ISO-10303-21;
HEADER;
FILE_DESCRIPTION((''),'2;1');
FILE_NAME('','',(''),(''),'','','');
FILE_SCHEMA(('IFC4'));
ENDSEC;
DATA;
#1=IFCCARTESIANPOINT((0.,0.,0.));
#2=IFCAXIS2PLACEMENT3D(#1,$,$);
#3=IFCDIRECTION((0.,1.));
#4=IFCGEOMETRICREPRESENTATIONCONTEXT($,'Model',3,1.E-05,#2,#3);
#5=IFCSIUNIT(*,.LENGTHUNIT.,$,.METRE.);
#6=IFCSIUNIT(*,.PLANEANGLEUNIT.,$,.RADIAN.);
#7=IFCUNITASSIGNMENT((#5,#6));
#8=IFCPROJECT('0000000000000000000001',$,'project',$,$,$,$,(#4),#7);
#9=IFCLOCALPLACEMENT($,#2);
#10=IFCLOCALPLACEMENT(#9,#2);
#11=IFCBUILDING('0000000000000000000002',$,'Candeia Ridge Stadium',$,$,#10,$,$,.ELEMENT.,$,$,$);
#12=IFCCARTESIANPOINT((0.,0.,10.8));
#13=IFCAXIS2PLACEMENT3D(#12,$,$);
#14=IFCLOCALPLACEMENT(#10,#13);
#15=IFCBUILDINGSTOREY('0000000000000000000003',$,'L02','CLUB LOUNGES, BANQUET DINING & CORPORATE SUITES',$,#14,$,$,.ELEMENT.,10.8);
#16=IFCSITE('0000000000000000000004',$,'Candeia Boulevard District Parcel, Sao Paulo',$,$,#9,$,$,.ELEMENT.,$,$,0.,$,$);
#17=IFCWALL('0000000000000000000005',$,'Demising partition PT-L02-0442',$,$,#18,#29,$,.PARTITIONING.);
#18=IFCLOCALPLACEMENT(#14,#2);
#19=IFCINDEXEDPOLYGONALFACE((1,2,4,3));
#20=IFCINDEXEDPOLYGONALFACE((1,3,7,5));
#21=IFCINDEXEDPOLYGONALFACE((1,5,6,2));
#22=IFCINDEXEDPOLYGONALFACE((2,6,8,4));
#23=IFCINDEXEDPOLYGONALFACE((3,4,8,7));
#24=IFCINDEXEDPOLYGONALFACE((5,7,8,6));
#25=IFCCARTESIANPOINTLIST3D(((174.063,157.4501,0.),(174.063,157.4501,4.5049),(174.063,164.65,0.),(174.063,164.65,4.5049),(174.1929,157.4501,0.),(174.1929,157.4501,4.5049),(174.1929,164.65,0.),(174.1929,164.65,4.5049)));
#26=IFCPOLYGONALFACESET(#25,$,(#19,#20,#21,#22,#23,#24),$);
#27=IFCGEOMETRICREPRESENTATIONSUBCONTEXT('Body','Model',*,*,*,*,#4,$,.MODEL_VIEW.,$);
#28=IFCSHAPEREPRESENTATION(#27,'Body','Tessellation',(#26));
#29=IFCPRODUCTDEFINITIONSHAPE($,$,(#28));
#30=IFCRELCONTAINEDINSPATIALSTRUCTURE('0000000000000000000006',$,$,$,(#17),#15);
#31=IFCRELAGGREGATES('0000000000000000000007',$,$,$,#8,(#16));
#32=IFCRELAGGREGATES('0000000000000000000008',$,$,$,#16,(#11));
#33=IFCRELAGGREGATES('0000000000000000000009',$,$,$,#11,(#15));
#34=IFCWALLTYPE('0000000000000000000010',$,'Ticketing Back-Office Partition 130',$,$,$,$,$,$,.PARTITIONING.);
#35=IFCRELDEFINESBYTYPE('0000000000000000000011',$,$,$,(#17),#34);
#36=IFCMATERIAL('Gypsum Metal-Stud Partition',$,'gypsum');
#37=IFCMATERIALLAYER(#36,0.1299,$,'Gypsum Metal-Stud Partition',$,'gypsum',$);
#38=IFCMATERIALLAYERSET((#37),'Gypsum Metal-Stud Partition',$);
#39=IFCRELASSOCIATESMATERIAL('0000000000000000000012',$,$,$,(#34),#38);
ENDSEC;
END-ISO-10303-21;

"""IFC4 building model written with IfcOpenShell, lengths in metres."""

from ifc_helpers import new_model, si_unit, direction, frame, frame_2d, origin, place, context, subcontext, project, spatial, rectangle, extrude, material, layer, layer_set, type_object, element, save


model = new_model("IFC4")

# Units and contexts
model_context = context("Model", 3, precision=1e-05, world=origin(), true_north=direction((0.0, 1.0)))
body_context = subcontext(model_context, "Body", "Model", "MODEL_VIEW")
ifc_project = project(units=[si_unit("LENGTHUNIT", "METRE"), si_unit("PLANEANGLEUNIT", "RADIAN")], contexts=[model_context])

# Site, building, storey
site_placement = place(None, origin())
site = spatial("IfcSite", under=ifc_project, at=site_placement, Name="Candeia Boulevard District Parcel, Sao Paulo", CompositionType="ELEMENT", RefElevation=0.0)
building_placement = place(site_placement, origin())
building = spatial("IfcBuilding", under=site, at=building_placement, Name="Candeia Ridge Stadium", CompositionType="ELEMENT")
storey_placement = place(building_placement, frame((0.0, 0.0, 10.8)))
storey = spatial("IfcBuildingStorey", under=building, at=storey_placement, Name="L02", Description="CLUB LOUNGES, BANQUET DINING & CORPORATE SUITES", CompositionType="ELEMENT", Elevation=10.8)

# Wall
ifc_material_1 = material(Name="Gypsum Metal-Stud Partition", Category="gypsum")
ifc_layer_1 = layer(ifc_material_1, 0.1299, Name="Gypsum Metal-Stud Partition", Category="gypsum")
ifc_layer_set_1 = layer_set([ifc_layer_1], Name="Gypsum Metal-Stud Partition")
wall_type_1 = type_object("IfcWallType", Name="Ticketing Back-Office Partition 130", PredefinedType="PARTITIONING", material=ifc_layer_set_1)
wall_1_placement = place(storey_placement, frame((174.1279, 157.45, 0.0), z_axis=(0.0, 0.0, 1.0), x_axis=(0.0, 1.0, 0.0)))
element("IfcWall", 1, at=wall_1_placement, inside=storey, type_object=wall_type_1, Name="Demising partition PT-L02-0442", PredefinedType="PARTITIONING", context=body_context, shape_type="SweptSolid", body=[
    extrude(rectangle(XDim=7.2, YDim=0.1299, at=frame_2d((3.6001, 0.0))), origin(), (0.0, 0.0, 1.0), 4.5049),
])

save(model, "model.ifc")
